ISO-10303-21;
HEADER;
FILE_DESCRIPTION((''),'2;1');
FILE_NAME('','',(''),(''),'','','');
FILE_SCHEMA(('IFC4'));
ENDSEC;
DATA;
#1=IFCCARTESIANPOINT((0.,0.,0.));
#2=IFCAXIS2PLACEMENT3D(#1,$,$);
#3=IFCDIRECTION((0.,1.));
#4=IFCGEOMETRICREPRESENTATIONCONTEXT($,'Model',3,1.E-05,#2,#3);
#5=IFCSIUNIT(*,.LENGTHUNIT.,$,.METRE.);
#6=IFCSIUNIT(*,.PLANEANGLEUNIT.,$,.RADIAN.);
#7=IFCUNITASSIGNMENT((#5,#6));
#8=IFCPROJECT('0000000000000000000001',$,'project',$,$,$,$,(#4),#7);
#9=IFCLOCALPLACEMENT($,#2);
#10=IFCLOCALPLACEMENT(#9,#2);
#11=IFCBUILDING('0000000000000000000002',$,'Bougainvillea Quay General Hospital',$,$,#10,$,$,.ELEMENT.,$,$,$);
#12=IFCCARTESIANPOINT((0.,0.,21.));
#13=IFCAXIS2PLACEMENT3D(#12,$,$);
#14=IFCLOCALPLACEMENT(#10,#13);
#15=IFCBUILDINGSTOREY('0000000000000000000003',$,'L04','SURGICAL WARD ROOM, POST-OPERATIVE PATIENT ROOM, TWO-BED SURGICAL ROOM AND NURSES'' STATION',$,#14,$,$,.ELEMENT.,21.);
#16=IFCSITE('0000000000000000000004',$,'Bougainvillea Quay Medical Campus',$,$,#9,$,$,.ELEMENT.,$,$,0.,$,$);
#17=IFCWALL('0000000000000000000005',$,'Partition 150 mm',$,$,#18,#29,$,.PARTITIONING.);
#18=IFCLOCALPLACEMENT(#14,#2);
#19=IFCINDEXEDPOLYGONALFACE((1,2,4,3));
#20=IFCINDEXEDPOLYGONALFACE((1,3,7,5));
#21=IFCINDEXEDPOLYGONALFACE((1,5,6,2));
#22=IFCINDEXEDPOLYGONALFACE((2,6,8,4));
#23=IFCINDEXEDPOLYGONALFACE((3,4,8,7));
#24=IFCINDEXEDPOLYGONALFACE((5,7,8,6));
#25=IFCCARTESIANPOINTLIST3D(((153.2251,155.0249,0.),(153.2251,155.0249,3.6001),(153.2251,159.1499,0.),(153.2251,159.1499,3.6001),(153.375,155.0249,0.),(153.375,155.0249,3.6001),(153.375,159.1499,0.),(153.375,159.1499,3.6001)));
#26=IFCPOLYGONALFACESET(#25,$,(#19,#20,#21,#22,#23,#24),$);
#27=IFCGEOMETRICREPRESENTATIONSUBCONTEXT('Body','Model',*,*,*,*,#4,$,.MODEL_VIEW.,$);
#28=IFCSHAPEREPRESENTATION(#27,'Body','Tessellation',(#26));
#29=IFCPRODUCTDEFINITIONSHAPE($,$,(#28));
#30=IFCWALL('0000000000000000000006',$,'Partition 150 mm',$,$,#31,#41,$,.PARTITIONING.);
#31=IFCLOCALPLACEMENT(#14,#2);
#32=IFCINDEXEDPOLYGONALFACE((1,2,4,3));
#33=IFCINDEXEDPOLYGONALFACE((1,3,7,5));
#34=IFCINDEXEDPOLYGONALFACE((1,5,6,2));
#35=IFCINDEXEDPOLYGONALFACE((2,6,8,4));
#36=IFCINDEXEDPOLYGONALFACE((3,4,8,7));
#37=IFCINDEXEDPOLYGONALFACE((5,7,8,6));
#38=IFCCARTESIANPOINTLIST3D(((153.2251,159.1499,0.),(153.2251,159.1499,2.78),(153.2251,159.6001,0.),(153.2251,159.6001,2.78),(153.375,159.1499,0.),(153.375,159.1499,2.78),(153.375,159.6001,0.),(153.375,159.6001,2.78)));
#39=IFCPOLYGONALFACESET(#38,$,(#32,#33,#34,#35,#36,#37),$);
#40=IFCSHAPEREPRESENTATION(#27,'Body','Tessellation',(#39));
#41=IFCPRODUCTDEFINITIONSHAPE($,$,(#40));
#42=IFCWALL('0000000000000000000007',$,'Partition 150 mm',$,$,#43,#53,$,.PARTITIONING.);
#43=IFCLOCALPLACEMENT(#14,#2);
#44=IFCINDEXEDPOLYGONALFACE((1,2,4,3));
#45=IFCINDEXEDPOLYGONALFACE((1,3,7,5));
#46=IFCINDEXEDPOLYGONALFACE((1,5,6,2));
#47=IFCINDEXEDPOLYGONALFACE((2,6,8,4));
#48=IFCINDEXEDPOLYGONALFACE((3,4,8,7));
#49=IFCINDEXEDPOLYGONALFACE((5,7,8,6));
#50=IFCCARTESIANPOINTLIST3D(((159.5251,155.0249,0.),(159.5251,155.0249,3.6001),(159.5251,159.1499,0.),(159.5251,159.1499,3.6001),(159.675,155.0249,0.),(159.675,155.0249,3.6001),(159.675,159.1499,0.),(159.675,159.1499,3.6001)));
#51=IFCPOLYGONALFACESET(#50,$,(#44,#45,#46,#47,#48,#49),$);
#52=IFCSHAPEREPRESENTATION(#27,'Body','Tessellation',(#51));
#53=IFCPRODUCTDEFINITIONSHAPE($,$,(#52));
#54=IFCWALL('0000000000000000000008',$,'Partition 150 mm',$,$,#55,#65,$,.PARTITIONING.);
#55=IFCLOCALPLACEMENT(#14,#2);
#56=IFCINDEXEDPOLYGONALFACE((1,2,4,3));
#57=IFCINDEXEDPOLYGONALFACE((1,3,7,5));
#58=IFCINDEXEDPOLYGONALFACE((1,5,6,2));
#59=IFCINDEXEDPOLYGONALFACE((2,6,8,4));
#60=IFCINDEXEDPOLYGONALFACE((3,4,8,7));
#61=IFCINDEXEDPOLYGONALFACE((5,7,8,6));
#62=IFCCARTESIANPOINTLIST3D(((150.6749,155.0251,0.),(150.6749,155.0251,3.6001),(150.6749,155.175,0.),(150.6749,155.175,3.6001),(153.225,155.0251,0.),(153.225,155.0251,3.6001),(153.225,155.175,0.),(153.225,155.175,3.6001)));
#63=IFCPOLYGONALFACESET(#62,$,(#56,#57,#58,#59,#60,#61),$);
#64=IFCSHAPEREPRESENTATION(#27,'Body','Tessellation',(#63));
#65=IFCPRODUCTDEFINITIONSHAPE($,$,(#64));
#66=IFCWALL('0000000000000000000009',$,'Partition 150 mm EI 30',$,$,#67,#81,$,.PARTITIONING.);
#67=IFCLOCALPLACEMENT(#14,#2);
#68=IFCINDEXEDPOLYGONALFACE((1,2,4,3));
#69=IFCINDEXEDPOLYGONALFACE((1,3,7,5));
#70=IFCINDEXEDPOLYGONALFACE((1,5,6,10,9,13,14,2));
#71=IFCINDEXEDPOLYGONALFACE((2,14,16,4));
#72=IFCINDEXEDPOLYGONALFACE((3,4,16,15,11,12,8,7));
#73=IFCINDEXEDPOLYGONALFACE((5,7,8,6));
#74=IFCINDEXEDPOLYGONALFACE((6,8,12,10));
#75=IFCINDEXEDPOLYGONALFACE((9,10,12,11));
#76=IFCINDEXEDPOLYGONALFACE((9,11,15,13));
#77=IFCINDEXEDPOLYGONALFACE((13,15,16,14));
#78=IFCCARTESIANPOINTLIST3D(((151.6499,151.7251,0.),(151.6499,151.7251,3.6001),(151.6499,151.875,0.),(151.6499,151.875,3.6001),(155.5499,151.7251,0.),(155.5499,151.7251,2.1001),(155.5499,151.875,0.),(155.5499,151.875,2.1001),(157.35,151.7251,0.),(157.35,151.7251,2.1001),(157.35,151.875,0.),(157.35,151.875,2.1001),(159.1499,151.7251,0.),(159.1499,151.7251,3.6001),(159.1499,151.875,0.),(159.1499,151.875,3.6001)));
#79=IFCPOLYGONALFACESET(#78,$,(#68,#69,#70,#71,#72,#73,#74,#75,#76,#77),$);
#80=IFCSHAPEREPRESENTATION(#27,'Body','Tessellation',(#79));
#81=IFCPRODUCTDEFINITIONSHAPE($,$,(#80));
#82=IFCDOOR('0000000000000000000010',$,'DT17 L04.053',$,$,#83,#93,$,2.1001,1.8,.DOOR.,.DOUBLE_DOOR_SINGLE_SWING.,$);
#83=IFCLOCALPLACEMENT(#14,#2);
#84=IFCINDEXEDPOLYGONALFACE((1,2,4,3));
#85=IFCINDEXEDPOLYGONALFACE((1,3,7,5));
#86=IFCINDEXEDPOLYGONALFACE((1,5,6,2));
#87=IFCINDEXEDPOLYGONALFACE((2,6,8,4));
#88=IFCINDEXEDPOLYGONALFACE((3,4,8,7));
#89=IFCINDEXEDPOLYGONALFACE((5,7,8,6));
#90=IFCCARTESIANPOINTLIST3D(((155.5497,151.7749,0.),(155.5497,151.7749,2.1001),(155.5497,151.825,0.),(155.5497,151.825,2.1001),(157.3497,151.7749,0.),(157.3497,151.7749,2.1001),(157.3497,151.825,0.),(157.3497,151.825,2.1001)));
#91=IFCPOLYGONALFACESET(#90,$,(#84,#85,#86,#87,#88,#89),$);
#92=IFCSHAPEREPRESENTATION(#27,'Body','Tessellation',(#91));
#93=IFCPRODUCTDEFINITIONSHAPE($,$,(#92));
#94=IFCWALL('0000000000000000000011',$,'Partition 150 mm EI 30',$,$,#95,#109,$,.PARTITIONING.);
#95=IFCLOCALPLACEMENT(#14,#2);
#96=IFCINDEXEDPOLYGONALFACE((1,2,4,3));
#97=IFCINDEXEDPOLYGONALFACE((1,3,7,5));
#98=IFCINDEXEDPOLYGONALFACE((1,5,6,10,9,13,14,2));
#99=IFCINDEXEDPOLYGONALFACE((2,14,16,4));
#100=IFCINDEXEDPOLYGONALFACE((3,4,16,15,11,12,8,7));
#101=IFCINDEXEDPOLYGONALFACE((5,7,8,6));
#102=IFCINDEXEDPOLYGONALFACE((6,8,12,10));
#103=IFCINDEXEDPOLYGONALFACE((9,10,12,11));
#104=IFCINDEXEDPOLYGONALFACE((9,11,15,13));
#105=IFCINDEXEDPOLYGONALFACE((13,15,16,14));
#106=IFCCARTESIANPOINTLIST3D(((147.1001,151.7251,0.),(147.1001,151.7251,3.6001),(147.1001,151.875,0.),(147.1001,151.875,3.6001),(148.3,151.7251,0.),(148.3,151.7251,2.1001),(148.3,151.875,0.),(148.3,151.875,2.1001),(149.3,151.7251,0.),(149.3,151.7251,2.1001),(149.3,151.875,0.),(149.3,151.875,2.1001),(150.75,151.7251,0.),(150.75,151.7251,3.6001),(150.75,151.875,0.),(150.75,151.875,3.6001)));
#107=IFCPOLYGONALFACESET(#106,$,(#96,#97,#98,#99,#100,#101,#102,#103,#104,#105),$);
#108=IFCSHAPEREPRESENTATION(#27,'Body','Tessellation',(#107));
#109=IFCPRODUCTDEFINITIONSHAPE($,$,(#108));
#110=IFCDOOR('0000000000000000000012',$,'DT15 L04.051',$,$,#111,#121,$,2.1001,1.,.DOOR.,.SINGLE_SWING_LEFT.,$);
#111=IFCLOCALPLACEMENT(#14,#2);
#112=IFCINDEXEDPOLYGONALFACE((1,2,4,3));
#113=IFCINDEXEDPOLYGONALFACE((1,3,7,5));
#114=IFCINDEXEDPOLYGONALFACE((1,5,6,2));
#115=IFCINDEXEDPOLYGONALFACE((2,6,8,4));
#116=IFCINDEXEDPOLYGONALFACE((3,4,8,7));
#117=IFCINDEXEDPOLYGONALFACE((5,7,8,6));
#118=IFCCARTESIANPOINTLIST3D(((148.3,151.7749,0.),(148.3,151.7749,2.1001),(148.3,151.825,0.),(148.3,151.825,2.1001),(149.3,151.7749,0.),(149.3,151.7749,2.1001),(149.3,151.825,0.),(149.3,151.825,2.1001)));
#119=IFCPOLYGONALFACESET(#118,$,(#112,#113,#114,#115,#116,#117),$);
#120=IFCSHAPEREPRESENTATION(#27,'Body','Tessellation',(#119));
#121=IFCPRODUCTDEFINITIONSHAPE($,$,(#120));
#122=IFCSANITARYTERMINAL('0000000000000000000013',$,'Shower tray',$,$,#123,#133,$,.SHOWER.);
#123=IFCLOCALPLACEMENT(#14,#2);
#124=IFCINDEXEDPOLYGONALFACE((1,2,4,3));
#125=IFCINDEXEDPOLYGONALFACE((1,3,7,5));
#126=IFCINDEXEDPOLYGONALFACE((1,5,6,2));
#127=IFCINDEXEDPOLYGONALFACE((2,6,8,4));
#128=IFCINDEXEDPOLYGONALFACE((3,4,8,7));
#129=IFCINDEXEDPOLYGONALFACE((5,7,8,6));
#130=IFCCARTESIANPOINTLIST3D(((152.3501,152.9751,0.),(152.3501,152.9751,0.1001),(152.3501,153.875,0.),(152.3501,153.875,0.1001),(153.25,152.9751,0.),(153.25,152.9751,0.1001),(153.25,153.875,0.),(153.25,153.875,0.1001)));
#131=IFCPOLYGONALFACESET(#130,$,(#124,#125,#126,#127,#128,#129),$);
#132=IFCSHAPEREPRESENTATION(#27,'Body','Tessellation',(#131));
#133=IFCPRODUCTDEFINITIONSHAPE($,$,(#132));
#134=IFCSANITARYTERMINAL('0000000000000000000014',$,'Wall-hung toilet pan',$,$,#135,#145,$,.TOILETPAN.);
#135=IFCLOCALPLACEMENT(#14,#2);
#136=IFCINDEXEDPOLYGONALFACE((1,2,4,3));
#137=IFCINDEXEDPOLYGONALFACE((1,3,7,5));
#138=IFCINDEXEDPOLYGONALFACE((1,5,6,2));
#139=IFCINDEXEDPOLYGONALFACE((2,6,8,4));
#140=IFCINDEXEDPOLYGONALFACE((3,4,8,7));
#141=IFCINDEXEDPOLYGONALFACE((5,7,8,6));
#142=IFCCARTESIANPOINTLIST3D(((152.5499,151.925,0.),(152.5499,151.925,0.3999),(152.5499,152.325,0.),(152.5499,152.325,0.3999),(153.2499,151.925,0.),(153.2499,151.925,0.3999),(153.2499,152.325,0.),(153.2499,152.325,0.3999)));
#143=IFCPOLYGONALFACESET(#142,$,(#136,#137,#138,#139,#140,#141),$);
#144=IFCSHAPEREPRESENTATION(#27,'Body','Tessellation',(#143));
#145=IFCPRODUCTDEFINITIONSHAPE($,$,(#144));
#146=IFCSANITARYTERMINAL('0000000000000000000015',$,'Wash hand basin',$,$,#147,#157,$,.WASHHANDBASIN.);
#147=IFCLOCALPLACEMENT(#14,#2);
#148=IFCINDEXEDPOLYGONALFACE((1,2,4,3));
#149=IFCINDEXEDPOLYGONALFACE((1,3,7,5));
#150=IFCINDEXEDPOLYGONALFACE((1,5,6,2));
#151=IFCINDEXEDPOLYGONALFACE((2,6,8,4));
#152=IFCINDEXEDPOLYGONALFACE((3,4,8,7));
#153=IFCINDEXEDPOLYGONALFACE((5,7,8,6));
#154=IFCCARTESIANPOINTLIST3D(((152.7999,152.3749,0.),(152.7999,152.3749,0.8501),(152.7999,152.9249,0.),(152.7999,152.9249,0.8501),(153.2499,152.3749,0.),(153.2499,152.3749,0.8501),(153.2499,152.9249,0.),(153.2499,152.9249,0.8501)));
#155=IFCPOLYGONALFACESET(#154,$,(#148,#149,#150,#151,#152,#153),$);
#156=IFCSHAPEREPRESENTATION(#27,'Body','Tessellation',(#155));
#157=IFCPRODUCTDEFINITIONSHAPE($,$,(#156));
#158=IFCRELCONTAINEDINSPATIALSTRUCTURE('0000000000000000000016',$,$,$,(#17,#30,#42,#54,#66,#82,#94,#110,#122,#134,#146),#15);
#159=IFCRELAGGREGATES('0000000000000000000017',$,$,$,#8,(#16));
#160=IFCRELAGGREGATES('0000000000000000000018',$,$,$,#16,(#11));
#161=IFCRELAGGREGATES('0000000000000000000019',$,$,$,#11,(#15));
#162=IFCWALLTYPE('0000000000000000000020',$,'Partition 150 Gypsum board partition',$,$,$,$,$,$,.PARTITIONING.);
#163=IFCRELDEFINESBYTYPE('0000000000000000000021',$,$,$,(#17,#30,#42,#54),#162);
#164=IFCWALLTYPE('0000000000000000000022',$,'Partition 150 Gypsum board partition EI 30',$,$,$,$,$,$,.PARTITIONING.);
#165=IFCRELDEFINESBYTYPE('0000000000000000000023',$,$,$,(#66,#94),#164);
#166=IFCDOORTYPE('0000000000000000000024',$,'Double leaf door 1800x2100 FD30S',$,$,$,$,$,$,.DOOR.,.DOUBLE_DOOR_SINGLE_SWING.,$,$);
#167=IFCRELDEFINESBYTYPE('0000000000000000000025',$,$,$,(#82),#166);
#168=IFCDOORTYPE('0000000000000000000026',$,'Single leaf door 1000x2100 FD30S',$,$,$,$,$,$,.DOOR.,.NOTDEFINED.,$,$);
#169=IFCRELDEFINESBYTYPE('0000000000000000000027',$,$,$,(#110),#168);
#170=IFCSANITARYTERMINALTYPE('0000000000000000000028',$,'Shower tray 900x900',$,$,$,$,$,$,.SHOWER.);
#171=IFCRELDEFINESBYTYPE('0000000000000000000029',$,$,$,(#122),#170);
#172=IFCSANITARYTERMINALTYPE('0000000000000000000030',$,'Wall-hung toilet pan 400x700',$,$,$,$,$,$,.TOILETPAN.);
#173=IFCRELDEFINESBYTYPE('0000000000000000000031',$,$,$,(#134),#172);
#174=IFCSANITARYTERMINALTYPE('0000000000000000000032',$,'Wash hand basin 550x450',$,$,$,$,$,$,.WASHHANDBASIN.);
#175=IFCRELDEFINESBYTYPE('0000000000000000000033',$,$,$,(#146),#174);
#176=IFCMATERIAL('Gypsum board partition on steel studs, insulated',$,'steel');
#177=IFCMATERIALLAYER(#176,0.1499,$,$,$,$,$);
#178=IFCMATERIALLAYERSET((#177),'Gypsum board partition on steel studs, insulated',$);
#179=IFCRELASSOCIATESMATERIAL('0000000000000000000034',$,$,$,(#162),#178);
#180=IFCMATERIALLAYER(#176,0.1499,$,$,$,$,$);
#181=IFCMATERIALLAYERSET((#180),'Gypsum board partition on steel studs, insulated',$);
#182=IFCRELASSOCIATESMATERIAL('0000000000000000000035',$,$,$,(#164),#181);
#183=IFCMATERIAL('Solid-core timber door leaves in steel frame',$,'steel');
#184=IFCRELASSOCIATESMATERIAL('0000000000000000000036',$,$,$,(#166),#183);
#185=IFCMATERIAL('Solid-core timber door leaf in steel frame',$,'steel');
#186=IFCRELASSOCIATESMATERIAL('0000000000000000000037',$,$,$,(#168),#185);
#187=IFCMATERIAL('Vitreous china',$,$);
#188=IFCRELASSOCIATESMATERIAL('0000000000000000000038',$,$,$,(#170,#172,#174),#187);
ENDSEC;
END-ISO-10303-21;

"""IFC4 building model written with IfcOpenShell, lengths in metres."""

from ifc_helpers import new_model, si_unit, direction, frame, frame_2d, origin, origin_2d, place, context, subcontext, project, spatial, rectangle, extrude, material, layer, layer_set, type_object, element, fill, save


model = new_model("IFC4")

# Units and contexts
model_context = context("Model", 3, precision=1e-05, world=origin(), true_north=direction((0.0, 1.0)))
body_context = subcontext(model_context, "Body", "Model", "MODEL_VIEW")
ifc_project = project(units=[si_unit("LENGTHUNIT", "METRE"), si_unit("PLANEANGLEUNIT", "RADIAN")], contexts=[model_context])

# Site, building, storey
site_placement = place(None, origin())
site = spatial("IfcSite", under=ifc_project, at=site_placement, Name="Bougainvillea Quay Medical Campus", CompositionType="ELEMENT", RefElevation=0.0)
building_placement = place(site_placement, origin())
building = spatial("IfcBuilding", under=site, at=building_placement, Name="Bougainvillea Quay General Hospital", CompositionType="ELEMENT")
storey_placement = place(building_placement, frame((0.0, 0.0, 21.0)))
storey = spatial("IfcBuildingStorey", under=building, at=storey_placement, Name="L04", Description="SURGICAL WARD ROOM, POST-OPERATIVE PATIENT ROOM, TWO-BED SURGICAL ROOM AND NURSES' STATION", CompositionType="ELEMENT", Elevation=21.0)

# Walls
ifc_material_1 = material(Name="Gypsum board partition on steel studs, insulated", Category="steel")
ifc_layer_1 = layer(ifc_material_1, 0.1499)
ifc_layer_set_1 = layer_set([ifc_layer_1], Name="Gypsum board partition on steel studs, insulated")
wall_type_1 = type_object("IfcWallType", Name="Partition 150 Gypsum board partition", PredefinedType="PARTITIONING", material=ifc_layer_set_1)
wall_1_placement = place(storey_placement, frame((153.3, 155.0249, 0.0), z_axis=(0.0, 0.0, 1.0), x_axis=(0.0, 1.0, 0.0)))
element("IfcWall", 1, at=wall_1_placement, inside=storey, type_object=wall_type_1, Name="Partition 150 mm", PredefinedType="PARTITIONING", context=body_context, shape_type="SweptSolid", body=[
    extrude(rectangle(XDim=4.125, YDim=0.1499, at=frame_2d((2.0625, 0.0))), origin(), (0.0, 0.0, 1.0), 3.6001),
])
wall_2_placement = place(storey_placement, frame((153.3, 159.1499, 0.0), z_axis=(0.0, 0.0, 1.0), x_axis=(0.0, 1.0, 0.0)))
element("IfcWall", 2, at=wall_2_placement, inside=storey, type_object=wall_type_1, Name="Partition 150 mm", PredefinedType="PARTITIONING", context=body_context, shape_type="SweptSolid", body=[
    extrude(rectangle(XDim=0.4502, YDim=0.1499, at=frame_2d((0.2251, 0.0))), origin(), (0.0, 0.0, 1.0), 2.78),
])
wall_3_placement = place(storey_placement, frame((159.6001, 155.0249, 0.0), z_axis=(0.0, 0.0, 1.0), x_axis=(0.0, 1.0, 0.0)))
element("IfcWall", 3, at=wall_3_placement, inside=storey, type_object=wall_type_1, Name="Partition 150 mm", PredefinedType="PARTITIONING", context=body_context, shape_type="SweptSolid", body=[
    extrude(rectangle(XDim=4.125, YDim=0.1499, at=frame_2d((2.0625, 0.0))), origin(), (0.0, 0.0, 1.0), 3.6001),
])
wall_4_placement = place(storey_placement, frame((150.675, 155.1001, 0.0), z_axis=(0.0, 0.0, 1.0), x_axis=(1.0, 0.0, 0.0)))
element("IfcWall", 4, at=wall_4_placement, inside=storey, type_object=wall_type_1, Name="Partition 150 mm", PredefinedType="PARTITIONING", context=body_context, shape_type="SweptSolid", body=[
    extrude(rectangle(XDim=2.55, YDim=0.1499, at=frame_2d((1.2749, 0.0))), origin(), (0.0, 0.0, 1.0), 3.6001),
])

# Walls, openings, doors
ifc_layer_2 = layer(ifc_material_1, 0.1499)
ifc_layer_set_2 = layer_set([ifc_layer_2], Name="Gypsum board partition on steel studs, insulated")
wall_type_2 = type_object("IfcWallType", Name="Partition 150 Gypsum board partition EI 30", PredefinedType="PARTITIONING", material=ifc_layer_set_2)
wall_5_placement = place(storey_placement, frame((159.1499, 151.8, 0.0), z_axis=(0.0, 0.0, 1.0), x_axis=(-1.0, 0.0, 0.0)))
wall_5 = element("IfcWall", 5, at=wall_5_placement, inside=storey, type_object=wall_type_2, Name="Partition 150 mm EI 30", PredefinedType="PARTITIONING", context=body_context, shape_type="SweptSolid", body=[
    extrude(rectangle(XDim=7.5, YDim=0.1499, at=frame_2d((3.75, 0.0))), origin(), (0.0, 0.0, 1.0), 3.6001),
])
opening_1_placement = place(wall_5_placement, frame((1.8, 0.0, 0.0)))
opening_1 = element("IfcOpeningElement", 6, at=opening_1_placement, cuts=wall_5, PredefinedType="OPENING", context=body_context, shape_type="SweptSolid", body=[
    extrude(rectangle(XDim=1.8, YDim=2.1001, at=frame_2d((0.8999, 1.05))), frame((0.0, 0.085, 0.0), z_axis=(0.0, -1.0, 0.0), x_axis=(1.0, 0.0, 0.0)), (0.0, 0.0, 1.0), 0.1699),
])
ifc_material_2 = material(Name="Solid-core timber door leaves in steel frame", Category="steel")
door_type_1 = type_object("IfcDoorType", Name="Double leaf door 1800x2100 FD30S", OperationType="DOUBLE_DOOR_SINGLE_SWING", PredefinedType="DOOR", material=ifc_material_2)
door_1_placement = place(opening_1_placement, frame((1.8, 0.0, 0.0), z_axis=(0.0, 0.0, 1.0), x_axis=(-1.0, 0.0, 0.0)))
door_1 = element("IfcDoor", 7, at=door_1_placement, inside=storey, type_object=door_type_1, Name="DT17 L04.053", OperationType="DOUBLE_DOOR_SINGLE_SWING", OverallHeight=2.1001, OverallWidth=1.8, PredefinedType="DOOR", context=body_context, shape_type="SweptSolid", body=[
    extrude(rectangle(XDim=1.8, YDim=2.1001, at=frame_2d((0.8999, 1.05))), frame((0.0, 0.0249, 0.0), z_axis=(0.0, -1.0, 0.0), x_axis=(1.0, 0.0, 0.0)), (0.0, 0.0, 1.0), 0.05),
])
fill(opening_1, door_1)
wall_6_placement = place(storey_placement, frame((150.75, 151.8, 0.0), z_axis=(0.0, 0.0, 1.0), x_axis=(-1.0, 0.0, 0.0)))
wall_6 = element("IfcWall", 8, at=wall_6_placement, inside=storey, type_object=wall_type_2, Name="Partition 150 mm EI 30", PredefinedType="PARTITIONING", context=body_context, shape_type="SweptSolid", body=[
    extrude(rectangle(XDim=3.6499, YDim=0.1499, at=frame_2d((1.825, 0.0))), origin(), (0.0, 0.0, 1.0), 3.6001),
])
opening_2_placement = place(wall_6_placement, frame((1.45, 0.0, 0.0)))
opening_2 = element("IfcOpeningElement", 9, at=opening_2_placement, cuts=wall_6, PredefinedType="OPENING", context=body_context, shape_type="SweptSolid", body=[
    extrude(rectangle(XDim=1.0, YDim=2.1001, at=frame_2d((0.5, 1.05))), frame((0.0, 0.085, 0.0), z_axis=(0.0, -1.0, 0.0), x_axis=(1.0, 0.0, 0.0)), (0.0, 0.0, 1.0), 0.1699),
])
ifc_material_3 = material(Name="Solid-core timber door leaf in steel frame", Category="steel")
door_type_2 = type_object("IfcDoorType", Name="Single leaf door 1000x2100 FD30S", OperationType="NOTDEFINED", PredefinedType="DOOR", material=ifc_material_3)
door_2_placement = place(opening_2_placement, frame((1.0, 0.0, 0.0), z_axis=(0.0, 0.0, 1.0), x_axis=(-1.0, 0.0, 0.0)))
door_2 = element("IfcDoor", 10, at=door_2_placement, inside=storey, type_object=door_type_2, Name="DT15 L04.051", OperationType="SINGLE_SWING_LEFT", OverallHeight=2.1001, OverallWidth=1.0, PredefinedType="DOOR", context=body_context, shape_type="SweptSolid", body=[
    extrude(rectangle(XDim=1.0, YDim=2.1001, at=frame_2d((0.5, 1.05))), frame((0.0, 0.0249, 0.0), z_axis=(0.0, -1.0, 0.0), x_axis=(1.0, 0.0, 0.0)), (0.0, 0.0, 1.0), 0.05),
])
fill(opening_2, door_2)

# Sanitary terminals
ifc_material_4 = material(Name="Vitreous china")
sanitary_terminal_type_1 = type_object("IfcSanitaryTerminalType", Name="Shower tray 900x900", PredefinedType="SHOWER", material=ifc_material_4)
sanitary_terminal_1_placement = place(storey_placement, frame((152.8, 153.425, 0.0), z_axis=(0.0, 0.0, 1.0), x_axis=(0.0, -1.0, 0.0)))
element("IfcSanitaryTerminal", 11, at=sanitary_terminal_1_placement, inside=storey, type_object=sanitary_terminal_type_1, Name="Shower tray", PredefinedType="SHOWER", context=body_context, shape_type="SweptSolid", body=[
    extrude(rectangle(XDim=0.8999, YDim=0.8999, at=origin_2d()), origin(), (0.0, 0.0, 1.0), 0.1001),
])
sanitary_terminal_type_2 = type_object("IfcSanitaryTerminalType", Name="Wall-hung toilet pan 400x700", PredefinedType="TOILETPAN", material=ifc_material_4)
sanitary_terminal_2_placement = place(storey_placement, frame((152.8999, 152.125, 0.0), z_axis=(0.0, 0.0, 1.0), x_axis=(0.0, -1.0, 0.0)))
element("IfcSanitaryTerminal", 12, at=sanitary_terminal_2_placement, inside=storey, type_object=sanitary_terminal_type_2, Name="Wall-hung toilet pan", PredefinedType="TOILETPAN", context=body_context, shape_type="SweptSolid", body=[
    extrude(rectangle(XDim=0.3999, YDim=0.7, at=origin_2d()), origin(), (0.0, 0.0, 1.0), 0.3999),
])
sanitary_terminal_type_3 = type_object("IfcSanitaryTerminalType", Name="Wash hand basin 550x450", PredefinedType="WASHHANDBASIN", material=ifc_material_4)
sanitary_terminal_3_placement = place(storey_placement, frame((153.0249, 152.6499, 0.0), z_axis=(0.0, 0.0, 1.0), x_axis=(0.0, -1.0, 0.0)))
element("IfcSanitaryTerminal", 13, at=sanitary_terminal_3_placement, inside=storey, type_object=sanitary_terminal_type_3, Name="Wash hand basin", PredefinedType="WASHHANDBASIN", context=body_context, shape_type="SweptSolid", body=[
    extrude(rectangle(XDim=0.55, YDim=0.45, at=origin_2d()), origin(), (0.0, 0.0, 1.0), 0.8501),
])

save(model, "model.ifc")
